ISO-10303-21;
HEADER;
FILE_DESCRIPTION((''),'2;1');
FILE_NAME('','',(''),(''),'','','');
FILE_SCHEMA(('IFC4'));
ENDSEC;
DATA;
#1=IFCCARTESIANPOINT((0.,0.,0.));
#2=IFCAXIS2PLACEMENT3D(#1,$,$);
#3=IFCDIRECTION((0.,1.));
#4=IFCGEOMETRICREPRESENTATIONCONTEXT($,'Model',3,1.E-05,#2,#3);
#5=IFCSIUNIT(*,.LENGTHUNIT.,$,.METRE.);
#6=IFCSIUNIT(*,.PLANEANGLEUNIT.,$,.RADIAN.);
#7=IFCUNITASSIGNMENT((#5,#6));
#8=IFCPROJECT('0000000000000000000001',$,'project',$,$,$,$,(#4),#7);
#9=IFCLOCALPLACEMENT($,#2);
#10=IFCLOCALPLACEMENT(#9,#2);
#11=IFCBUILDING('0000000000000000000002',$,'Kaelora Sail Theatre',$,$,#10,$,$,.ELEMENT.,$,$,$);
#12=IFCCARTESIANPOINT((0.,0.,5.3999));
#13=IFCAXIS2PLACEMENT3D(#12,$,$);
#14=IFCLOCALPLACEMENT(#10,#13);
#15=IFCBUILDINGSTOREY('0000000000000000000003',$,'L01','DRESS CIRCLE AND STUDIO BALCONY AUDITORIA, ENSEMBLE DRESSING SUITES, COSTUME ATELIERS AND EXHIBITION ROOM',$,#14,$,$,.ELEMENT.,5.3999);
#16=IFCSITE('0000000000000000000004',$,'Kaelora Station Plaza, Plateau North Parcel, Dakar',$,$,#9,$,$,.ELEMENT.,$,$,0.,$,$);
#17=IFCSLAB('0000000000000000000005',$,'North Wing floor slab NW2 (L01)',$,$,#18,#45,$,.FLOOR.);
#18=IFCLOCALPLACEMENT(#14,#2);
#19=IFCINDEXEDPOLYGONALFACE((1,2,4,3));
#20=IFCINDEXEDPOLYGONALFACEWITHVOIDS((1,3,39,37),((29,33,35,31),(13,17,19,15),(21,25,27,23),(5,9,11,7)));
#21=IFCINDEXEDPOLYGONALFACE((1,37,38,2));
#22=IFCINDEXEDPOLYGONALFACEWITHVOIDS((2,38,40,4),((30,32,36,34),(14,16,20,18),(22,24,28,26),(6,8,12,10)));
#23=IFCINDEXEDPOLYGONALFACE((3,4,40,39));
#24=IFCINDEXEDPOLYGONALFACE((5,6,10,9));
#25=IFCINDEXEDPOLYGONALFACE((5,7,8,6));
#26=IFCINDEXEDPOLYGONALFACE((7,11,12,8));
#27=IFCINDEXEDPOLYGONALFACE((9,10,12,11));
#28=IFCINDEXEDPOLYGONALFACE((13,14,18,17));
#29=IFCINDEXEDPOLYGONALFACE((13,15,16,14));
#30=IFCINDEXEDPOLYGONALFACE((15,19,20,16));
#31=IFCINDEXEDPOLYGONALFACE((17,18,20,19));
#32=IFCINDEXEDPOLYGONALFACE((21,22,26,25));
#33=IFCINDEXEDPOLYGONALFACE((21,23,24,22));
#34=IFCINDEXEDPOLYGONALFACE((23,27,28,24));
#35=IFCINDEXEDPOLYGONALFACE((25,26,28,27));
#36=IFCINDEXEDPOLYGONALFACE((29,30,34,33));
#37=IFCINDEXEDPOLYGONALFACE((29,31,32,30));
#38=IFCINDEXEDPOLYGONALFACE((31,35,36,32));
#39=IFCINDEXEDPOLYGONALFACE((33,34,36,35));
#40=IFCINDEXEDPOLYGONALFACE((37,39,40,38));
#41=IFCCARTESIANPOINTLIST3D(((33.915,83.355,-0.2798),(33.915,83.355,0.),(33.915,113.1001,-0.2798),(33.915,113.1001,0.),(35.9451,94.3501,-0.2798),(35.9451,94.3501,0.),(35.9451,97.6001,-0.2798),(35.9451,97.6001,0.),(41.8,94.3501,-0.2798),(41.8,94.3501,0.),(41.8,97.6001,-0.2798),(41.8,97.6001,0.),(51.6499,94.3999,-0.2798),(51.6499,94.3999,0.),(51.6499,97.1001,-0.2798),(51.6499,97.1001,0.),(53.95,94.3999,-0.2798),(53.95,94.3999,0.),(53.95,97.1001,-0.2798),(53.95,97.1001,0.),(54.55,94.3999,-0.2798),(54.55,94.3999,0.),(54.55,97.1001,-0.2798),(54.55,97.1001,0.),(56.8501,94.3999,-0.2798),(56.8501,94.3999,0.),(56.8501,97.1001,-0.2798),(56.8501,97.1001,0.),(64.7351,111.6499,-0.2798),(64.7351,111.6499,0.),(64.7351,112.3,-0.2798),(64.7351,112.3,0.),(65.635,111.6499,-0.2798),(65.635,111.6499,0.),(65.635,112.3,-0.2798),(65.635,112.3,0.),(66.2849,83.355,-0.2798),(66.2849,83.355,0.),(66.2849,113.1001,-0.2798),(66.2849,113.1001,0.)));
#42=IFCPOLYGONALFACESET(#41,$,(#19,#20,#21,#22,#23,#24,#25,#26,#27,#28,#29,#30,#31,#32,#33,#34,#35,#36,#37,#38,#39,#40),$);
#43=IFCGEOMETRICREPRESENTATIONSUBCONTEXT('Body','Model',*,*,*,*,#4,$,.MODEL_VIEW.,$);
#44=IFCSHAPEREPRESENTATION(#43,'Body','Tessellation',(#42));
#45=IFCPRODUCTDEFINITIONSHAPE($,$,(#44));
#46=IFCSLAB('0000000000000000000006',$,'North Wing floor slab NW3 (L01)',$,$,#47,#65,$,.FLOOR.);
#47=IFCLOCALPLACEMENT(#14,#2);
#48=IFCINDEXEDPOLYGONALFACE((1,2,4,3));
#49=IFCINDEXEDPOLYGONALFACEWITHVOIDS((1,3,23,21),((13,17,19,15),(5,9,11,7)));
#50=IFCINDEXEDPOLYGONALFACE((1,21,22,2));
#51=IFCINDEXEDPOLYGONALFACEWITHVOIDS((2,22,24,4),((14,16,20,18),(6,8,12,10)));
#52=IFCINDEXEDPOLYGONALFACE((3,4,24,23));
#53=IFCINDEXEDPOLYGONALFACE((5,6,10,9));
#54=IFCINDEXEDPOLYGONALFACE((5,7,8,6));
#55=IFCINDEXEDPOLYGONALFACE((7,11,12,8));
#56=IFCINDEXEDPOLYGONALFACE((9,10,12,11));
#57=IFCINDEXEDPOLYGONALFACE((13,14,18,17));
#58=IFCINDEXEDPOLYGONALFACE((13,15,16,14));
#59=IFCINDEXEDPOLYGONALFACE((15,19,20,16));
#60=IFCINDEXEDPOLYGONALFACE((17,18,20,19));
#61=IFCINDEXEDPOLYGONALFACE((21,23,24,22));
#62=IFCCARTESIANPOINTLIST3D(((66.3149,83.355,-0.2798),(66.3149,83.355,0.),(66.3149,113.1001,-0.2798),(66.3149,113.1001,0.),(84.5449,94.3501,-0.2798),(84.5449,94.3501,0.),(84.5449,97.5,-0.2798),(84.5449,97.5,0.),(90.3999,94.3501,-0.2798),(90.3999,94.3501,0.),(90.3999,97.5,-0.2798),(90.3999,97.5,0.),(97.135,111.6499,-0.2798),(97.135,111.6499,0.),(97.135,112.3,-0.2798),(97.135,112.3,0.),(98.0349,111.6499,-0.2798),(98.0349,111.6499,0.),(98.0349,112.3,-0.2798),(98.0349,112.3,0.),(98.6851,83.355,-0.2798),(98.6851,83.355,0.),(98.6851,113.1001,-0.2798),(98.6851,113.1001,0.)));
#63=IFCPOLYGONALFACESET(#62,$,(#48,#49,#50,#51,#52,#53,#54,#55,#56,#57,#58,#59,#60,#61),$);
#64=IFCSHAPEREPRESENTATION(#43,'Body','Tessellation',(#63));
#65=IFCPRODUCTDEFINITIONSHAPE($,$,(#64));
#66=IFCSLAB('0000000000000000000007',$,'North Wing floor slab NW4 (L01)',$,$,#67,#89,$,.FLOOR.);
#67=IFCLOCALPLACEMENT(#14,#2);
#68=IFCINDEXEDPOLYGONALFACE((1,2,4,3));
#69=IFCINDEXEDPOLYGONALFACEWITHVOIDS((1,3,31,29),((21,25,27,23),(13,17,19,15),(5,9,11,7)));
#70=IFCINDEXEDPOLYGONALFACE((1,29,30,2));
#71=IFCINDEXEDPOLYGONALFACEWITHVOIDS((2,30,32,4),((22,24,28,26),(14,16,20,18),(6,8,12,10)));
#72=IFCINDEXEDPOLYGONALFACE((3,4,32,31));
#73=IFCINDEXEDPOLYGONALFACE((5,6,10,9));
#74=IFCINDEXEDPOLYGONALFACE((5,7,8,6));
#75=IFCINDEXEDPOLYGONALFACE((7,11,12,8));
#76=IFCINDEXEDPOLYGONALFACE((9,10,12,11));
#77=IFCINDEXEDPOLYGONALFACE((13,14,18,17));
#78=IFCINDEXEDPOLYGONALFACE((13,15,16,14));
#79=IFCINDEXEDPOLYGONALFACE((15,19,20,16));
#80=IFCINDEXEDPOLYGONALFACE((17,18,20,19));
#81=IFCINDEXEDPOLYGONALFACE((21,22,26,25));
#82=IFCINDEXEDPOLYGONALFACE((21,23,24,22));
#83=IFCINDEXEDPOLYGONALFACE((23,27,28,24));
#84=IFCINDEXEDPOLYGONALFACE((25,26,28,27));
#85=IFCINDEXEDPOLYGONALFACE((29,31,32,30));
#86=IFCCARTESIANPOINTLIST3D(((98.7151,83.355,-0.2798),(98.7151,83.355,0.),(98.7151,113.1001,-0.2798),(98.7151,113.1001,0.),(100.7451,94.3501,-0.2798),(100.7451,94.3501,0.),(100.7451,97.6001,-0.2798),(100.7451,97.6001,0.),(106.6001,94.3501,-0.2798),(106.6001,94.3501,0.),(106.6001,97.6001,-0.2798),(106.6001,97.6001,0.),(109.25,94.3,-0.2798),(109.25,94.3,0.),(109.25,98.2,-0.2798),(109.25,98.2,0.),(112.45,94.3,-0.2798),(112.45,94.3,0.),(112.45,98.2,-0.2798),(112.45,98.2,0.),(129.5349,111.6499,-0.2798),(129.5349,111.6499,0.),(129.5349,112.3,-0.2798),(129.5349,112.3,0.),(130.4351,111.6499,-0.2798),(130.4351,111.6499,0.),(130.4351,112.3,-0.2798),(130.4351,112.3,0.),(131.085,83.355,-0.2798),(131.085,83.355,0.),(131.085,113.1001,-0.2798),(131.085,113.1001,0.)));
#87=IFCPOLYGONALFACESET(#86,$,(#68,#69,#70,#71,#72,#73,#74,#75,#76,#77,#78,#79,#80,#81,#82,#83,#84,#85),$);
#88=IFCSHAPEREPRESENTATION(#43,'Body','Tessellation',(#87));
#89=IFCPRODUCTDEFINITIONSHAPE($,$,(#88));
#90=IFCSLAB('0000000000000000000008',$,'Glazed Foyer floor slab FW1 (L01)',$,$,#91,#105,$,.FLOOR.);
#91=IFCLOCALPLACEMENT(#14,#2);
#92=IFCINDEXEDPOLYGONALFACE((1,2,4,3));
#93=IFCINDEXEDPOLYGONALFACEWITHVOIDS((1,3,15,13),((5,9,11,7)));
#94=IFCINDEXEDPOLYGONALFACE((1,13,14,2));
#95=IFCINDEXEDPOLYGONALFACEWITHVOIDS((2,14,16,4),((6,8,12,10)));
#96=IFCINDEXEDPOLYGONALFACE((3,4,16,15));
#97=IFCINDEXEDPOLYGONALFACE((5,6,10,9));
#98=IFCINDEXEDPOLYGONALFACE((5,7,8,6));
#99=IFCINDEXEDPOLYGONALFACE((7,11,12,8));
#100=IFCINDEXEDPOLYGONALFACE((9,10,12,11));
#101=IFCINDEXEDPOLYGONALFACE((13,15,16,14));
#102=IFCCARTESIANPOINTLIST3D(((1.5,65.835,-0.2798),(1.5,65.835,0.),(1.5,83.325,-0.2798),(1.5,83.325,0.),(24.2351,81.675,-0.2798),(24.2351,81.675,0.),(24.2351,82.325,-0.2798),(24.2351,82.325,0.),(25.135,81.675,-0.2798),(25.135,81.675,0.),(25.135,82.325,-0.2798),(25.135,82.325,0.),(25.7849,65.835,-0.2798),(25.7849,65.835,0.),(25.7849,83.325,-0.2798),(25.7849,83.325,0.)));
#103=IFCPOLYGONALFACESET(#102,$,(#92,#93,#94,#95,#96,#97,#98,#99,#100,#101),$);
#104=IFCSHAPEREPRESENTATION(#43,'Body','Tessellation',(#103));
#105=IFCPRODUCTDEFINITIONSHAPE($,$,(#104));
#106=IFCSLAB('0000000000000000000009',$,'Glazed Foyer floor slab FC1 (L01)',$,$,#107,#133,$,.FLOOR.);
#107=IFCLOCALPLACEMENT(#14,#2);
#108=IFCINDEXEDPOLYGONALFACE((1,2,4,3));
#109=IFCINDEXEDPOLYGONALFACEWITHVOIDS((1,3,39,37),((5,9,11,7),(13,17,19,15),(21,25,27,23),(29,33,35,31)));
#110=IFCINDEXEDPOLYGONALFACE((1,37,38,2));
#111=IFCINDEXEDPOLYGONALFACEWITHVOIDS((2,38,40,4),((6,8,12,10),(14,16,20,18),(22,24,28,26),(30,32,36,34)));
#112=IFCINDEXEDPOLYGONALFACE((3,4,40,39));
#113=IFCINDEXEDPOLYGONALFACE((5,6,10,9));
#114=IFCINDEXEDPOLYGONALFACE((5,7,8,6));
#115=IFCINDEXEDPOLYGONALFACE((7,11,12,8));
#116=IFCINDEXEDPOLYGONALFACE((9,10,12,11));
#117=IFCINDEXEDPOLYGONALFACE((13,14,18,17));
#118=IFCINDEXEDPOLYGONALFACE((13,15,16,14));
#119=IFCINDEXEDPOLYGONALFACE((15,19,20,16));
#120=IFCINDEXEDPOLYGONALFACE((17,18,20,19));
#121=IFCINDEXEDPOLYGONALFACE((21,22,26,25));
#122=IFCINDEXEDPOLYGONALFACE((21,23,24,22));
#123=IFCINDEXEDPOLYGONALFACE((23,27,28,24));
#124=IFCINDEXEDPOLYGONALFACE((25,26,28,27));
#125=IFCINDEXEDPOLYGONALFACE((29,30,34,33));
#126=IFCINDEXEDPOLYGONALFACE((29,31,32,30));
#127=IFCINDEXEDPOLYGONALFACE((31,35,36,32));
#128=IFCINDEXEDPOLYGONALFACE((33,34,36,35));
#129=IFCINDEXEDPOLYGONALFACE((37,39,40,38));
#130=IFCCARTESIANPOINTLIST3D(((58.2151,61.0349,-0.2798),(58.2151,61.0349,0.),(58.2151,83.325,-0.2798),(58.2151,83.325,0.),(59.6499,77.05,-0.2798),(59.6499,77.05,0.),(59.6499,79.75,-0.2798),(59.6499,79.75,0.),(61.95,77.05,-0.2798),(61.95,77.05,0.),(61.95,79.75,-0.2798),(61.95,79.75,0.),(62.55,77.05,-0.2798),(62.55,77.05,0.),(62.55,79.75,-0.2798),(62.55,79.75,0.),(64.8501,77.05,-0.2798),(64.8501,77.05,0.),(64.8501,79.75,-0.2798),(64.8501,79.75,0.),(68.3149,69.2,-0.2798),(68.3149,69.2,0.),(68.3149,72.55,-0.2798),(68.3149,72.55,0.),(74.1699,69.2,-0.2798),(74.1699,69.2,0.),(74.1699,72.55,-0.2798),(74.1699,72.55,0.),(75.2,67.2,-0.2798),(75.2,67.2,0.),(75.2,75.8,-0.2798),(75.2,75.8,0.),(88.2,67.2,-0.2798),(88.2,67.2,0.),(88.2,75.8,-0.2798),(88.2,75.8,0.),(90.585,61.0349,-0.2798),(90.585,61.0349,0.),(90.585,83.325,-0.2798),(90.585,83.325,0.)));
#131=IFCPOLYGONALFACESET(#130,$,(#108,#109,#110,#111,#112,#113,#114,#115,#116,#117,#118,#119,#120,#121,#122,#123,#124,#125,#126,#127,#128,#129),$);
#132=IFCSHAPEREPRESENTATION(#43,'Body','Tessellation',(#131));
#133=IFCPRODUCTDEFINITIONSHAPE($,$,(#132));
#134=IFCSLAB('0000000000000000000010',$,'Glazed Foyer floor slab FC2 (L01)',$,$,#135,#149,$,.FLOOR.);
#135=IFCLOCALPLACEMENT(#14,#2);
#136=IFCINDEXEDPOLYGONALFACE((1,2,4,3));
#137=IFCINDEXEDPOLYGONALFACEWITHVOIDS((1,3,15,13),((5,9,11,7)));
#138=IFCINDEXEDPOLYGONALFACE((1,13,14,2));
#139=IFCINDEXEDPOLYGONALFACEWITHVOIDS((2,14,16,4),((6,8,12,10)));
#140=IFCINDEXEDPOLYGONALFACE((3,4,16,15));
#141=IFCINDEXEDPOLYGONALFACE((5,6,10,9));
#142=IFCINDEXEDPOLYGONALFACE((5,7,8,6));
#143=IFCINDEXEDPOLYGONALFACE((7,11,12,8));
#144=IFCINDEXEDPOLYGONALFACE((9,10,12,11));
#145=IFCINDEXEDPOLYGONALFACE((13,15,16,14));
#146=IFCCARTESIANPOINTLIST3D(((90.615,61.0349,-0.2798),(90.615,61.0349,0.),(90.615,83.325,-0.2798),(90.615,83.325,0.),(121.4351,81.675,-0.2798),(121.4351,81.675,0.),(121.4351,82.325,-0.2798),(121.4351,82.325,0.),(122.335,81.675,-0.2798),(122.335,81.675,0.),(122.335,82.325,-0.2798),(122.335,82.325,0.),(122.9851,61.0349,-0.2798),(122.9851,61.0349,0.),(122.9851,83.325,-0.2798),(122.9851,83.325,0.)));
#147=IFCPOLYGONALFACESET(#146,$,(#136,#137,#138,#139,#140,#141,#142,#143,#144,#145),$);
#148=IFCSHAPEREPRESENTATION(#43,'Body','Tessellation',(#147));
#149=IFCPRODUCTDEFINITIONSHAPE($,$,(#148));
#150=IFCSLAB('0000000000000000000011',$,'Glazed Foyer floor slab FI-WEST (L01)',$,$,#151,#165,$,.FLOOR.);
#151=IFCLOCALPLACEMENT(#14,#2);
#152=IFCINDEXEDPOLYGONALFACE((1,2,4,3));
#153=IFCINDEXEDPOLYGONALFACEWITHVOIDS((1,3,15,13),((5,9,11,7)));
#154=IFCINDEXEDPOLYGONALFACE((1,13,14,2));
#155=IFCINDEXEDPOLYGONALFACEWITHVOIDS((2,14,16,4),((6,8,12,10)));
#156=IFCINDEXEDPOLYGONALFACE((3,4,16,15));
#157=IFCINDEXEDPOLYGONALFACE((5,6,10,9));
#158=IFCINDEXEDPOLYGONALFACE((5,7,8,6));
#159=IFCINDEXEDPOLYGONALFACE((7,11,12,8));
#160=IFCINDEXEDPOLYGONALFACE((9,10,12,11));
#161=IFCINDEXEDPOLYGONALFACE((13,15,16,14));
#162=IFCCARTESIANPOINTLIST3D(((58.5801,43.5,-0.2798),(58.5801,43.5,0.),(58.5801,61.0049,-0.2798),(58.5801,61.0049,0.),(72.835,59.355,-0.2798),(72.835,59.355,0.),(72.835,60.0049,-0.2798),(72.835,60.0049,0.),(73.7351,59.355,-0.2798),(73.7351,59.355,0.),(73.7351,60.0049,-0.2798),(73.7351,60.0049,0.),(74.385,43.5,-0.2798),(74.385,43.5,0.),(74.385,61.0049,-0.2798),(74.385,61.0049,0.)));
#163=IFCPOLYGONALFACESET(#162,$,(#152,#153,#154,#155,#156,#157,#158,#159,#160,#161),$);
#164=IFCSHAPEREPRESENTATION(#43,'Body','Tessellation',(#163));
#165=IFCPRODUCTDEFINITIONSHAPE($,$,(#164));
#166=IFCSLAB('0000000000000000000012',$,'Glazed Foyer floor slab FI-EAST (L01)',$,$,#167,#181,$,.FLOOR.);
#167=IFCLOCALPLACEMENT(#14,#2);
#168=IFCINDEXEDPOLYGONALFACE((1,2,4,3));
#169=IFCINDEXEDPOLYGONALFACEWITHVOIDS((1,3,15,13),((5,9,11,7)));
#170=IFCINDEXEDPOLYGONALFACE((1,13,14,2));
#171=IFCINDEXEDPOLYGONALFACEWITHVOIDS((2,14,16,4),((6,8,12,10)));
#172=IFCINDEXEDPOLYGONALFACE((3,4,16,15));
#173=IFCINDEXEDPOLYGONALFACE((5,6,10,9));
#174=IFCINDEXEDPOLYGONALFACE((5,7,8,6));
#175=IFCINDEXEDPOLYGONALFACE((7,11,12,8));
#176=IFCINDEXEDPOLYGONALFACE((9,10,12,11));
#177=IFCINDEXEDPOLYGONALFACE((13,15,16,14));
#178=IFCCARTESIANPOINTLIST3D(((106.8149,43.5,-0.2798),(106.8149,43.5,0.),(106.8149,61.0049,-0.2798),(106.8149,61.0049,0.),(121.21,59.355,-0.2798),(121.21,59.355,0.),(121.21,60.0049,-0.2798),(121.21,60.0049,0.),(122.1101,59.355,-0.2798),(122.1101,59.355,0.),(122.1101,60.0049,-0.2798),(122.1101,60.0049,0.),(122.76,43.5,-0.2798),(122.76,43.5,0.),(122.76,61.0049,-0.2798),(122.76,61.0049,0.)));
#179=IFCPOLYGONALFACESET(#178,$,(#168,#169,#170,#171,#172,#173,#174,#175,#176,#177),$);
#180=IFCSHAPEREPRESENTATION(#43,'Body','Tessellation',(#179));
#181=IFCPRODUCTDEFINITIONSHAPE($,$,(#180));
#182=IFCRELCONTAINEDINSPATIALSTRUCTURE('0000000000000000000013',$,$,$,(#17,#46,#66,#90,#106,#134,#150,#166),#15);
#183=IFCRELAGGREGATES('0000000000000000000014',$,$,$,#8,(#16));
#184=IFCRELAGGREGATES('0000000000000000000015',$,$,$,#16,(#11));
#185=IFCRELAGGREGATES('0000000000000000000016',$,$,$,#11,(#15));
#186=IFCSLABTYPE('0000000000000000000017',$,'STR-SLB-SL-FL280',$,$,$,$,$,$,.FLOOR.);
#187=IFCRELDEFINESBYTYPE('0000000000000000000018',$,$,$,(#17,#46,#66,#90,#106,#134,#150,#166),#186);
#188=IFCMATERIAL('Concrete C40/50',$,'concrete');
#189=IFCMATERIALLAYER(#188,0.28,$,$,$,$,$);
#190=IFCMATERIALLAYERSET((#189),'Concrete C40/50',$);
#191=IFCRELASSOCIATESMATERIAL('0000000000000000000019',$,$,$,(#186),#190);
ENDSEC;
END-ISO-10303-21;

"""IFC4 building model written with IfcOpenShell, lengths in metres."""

from ifc_helpers import new_model, si_unit, direction, frame, origin, place, context, subcontext, project, spatial, polyline, outline, extrude, material, layer, layer_set, type_object, element, save


model = new_model("IFC4")

# Units and contexts
model_context = context("Model", 3, precision=1e-05, world=origin(), true_north=direction((0.0, 1.0)))
body_context = subcontext(model_context, "Body", "Model", "MODEL_VIEW")
ifc_project = project(units=[si_unit("LENGTHUNIT", "METRE"), si_unit("PLANEANGLEUNIT", "RADIAN")], contexts=[model_context])

# Site, building, storey
site_placement = place(None, origin())
site = spatial("IfcSite", under=ifc_project, at=site_placement, Name="Kaelora Station Plaza, Plateau North Parcel, Dakar", CompositionType="ELEMENT", RefElevation=0.0)
building_placement = place(site_placement, origin())
building = spatial("IfcBuilding", under=site, at=building_placement, Name="Kaelora Sail Theatre", CompositionType="ELEMENT")
storey_placement = place(building_placement, frame((0.0, 0.0, 5.3999)))
storey = spatial("IfcBuildingStorey", under=building, at=storey_placement, Name="L01", Description="DRESS CIRCLE AND STUDIO BALCONY AUDITORIA, ENSEMBLE DRESSING SUITES, COSTUME ATELIERS AND EXHIBITION ROOM", CompositionType="ELEMENT", Elevation=5.3999)

# Slabs
ifc_material_1 = material(Name="Concrete C40/50", Category="concrete")
ifc_layer_1 = layer(ifc_material_1, 0.28)
ifc_layer_set_1 = layer_set([ifc_layer_1], Name="Concrete C40/50")
slab_type_1 = type_object("IfcSlabType", Name="STR-SLB-SL-FL280", PredefinedType="FLOOR", material=ifc_layer_set_1)
slab_1_placement = place(storey_placement, frame((0.0, 0.0, -0.2798)))
element("IfcSlab", 1, at=slab_1_placement, inside=storey, type_object=slab_type_1, Name="North Wing floor slab NW2 (L01)", PredefinedType="FLOOR", context=body_context, shape_type="SweptSolid", body=[
    extrude(outline(polyline([(33.915, 83.355), (33.915, 113.1001), (66.2849, 113.1001), (66.2849, 83.355), (33.915, 83.355)]), holes=[polyline([(35.9451, 94.3501), (41.8, 94.3501), (41.8, 97.6001), (35.9451, 97.6001), (35.9451, 94.3501)]), polyline([(51.6499, 94.3999), (53.95, 94.3999), (53.95, 97.1001), (51.6499, 97.1001), (51.6499, 94.3999)]), polyline([(54.55, 94.3999), (56.8501, 94.3999), (56.8501, 97.1001), (54.55, 97.1001), (54.55, 94.3999)]), polyline([(64.7351, 111.6499), (65.635, 111.6499), (65.635, 112.3), (64.7351, 112.3), (64.7351, 111.6499)])]), origin(), (0.0, 0.0, 1.0), 0.2798),
])
slab_2_placement = place(storey_placement, frame((0.0, 0.0, -0.2798)))
element("IfcSlab", 2, at=slab_2_placement, inside=storey, type_object=slab_type_1, Name="North Wing floor slab NW3 (L01)", PredefinedType="FLOOR", context=body_context, shape_type="SweptSolid", body=[
    extrude(outline(polyline([(66.3149, 83.355), (66.3149, 113.1001), (98.6851, 113.1001), (98.6851, 83.355), (66.3149, 83.355)]), holes=[polyline([(84.5449, 94.3501), (90.3999, 94.3501), (90.3999, 97.5), (84.5449, 97.5), (84.5449, 94.3501)]), polyline([(97.135, 111.6499), (98.0349, 111.6499), (98.0349, 112.3), (97.135, 112.3), (97.135, 111.6499)])]), origin(), (0.0, 0.0, 1.0), 0.2798),
])
slab_3_placement = place(storey_placement, frame((0.0, 0.0, -0.2798)))
element("IfcSlab", 3, at=slab_3_placement, inside=storey, type_object=slab_type_1, Name="North Wing floor slab NW4 (L01)", PredefinedType="FLOOR", context=body_context, shape_type="SweptSolid", body=[
    extrude(outline(polyline([(98.7151, 83.355), (98.7151, 113.1001), (131.085, 113.1001), (131.085, 83.355), (98.7151, 83.355)]), holes=[polyline([(100.7451, 94.3501), (106.6001, 94.3501), (106.6001, 97.6001), (100.7451, 97.6001), (100.7451, 94.3501)]), polyline([(109.25, 94.3), (112.45, 94.3), (112.45, 98.2), (109.25, 98.2), (109.25, 94.3)]), polyline([(129.5349, 111.6499), (130.4351, 111.6499), (130.4351, 112.3), (129.5349, 112.3), (129.5349, 111.6499)])]), origin(), (0.0, 0.0, 1.0), 0.2798),
])
slab_4_placement = place(storey_placement, frame((0.0, 0.0, -0.2798)))
element("IfcSlab", 4, at=slab_4_placement, inside=storey, type_object=slab_type_1, Name="Glazed Foyer floor slab FW1 (L01)", PredefinedType="FLOOR", context=body_context, shape_type="SweptSolid", body=[
    extrude(outline(polyline([(1.5, 65.835), (25.7849, 65.835), (25.7849, 83.325), (1.5, 83.325), (1.5, 65.835)]), holes=[polyline([(24.2351, 81.675), (25.135, 81.675), (25.135, 82.325), (24.2351, 82.325), (24.2351, 81.675)])]), origin(), (0.0, 0.0, 1.0), 0.2798),
])
slab_5_placement = place(storey_placement, frame((0.0, 0.0, -0.2798)))
element("IfcSlab", 5, at=slab_5_placement, inside=storey, type_object=slab_type_1, Name="Glazed Foyer floor slab FC1 (L01)", PredefinedType="FLOOR", context=body_context, shape_type="SweptSolid", body=[
    extrude(outline(polyline([(58.2151, 61.0349), (90.585, 61.0349), (90.585, 83.325), (58.2151, 83.325), (58.2151, 61.0349)]), holes=[polyline([(68.3149, 69.2), (74.1699, 69.2), (74.1699, 72.55), (68.3149, 72.55), (68.3149, 69.2)]), polyline([(59.6499, 77.05), (61.95, 77.05), (61.95, 79.75), (59.6499, 79.75), (59.6499, 77.05)]), polyline([(62.55, 77.05), (64.8501, 77.05), (64.8501, 79.75), (62.55, 79.75), (62.55, 77.05)]), polyline([(75.2, 67.2), (88.2, 67.2), (88.2, 75.8), (75.2, 75.8), (75.2, 67.2)])]), origin(), (0.0, 0.0, 1.0), 0.2798),
])
slab_6_placement = place(storey_placement, frame((0.0, 0.0, -0.2798)))
element("IfcSlab", 6, at=slab_6_placement, inside=storey, type_object=slab_type_1, Name="Glazed Foyer floor slab FC2 (L01)", PredefinedType="FLOOR", context=body_context, shape_type="SweptSolid", body=[
    extrude(outline(polyline([(90.615, 61.0349), (122.9851, 61.0349), (122.9851, 83.325), (90.615, 83.325), (90.615, 61.0349)]), holes=[polyline([(121.4351, 81.675), (122.335, 81.675), (122.335, 82.325), (121.4351, 82.325), (121.4351, 81.675)])]), origin(), (0.0, 0.0, 1.0), 0.2798),
])
slab_7_placement = place(storey_placement, frame((0.0, 0.0, -0.2798)))
element("IfcSlab", 7, at=slab_7_placement, inside=storey, type_object=slab_type_1, Name="Glazed Foyer floor slab FI-WEST (L01)", PredefinedType="FLOOR", context=body_context, shape_type="SweptSolid", body=[
    extrude(outline(polyline([(58.5801, 43.5), (74.385, 43.5), (74.385, 61.0049), (58.5801, 61.0049), (58.5801, 43.5)]), holes=[polyline([(72.835, 59.355), (73.7351, 59.355), (73.7351, 60.0049), (72.835, 60.0049), (72.835, 59.355)])]), origin(), (0.0, 0.0, 1.0), 0.2798),
])
slab_8_placement = place(storey_placement, frame((0.0, 0.0, -0.2798)))
element("IfcSlab", 8, at=slab_8_placement, inside=storey, type_object=slab_type_1, Name="Glazed Foyer floor slab FI-EAST (L01)", PredefinedType="FLOOR", context=body_context, shape_type="SweptSolid", body=[
    extrude(outline(polyline([(106.8149, 43.5), (122.76, 43.5), (122.76, 61.0049), (106.8149, 61.0049), (106.8149, 43.5)]), holes=[polyline([(121.21, 59.355), (122.1101, 59.355), (122.1101, 60.0049), (121.21, 60.0049), (121.21, 59.355)])]), origin(), (0.0, 0.0, 1.0), 0.2798),
])

save(model, "model.ifc")
